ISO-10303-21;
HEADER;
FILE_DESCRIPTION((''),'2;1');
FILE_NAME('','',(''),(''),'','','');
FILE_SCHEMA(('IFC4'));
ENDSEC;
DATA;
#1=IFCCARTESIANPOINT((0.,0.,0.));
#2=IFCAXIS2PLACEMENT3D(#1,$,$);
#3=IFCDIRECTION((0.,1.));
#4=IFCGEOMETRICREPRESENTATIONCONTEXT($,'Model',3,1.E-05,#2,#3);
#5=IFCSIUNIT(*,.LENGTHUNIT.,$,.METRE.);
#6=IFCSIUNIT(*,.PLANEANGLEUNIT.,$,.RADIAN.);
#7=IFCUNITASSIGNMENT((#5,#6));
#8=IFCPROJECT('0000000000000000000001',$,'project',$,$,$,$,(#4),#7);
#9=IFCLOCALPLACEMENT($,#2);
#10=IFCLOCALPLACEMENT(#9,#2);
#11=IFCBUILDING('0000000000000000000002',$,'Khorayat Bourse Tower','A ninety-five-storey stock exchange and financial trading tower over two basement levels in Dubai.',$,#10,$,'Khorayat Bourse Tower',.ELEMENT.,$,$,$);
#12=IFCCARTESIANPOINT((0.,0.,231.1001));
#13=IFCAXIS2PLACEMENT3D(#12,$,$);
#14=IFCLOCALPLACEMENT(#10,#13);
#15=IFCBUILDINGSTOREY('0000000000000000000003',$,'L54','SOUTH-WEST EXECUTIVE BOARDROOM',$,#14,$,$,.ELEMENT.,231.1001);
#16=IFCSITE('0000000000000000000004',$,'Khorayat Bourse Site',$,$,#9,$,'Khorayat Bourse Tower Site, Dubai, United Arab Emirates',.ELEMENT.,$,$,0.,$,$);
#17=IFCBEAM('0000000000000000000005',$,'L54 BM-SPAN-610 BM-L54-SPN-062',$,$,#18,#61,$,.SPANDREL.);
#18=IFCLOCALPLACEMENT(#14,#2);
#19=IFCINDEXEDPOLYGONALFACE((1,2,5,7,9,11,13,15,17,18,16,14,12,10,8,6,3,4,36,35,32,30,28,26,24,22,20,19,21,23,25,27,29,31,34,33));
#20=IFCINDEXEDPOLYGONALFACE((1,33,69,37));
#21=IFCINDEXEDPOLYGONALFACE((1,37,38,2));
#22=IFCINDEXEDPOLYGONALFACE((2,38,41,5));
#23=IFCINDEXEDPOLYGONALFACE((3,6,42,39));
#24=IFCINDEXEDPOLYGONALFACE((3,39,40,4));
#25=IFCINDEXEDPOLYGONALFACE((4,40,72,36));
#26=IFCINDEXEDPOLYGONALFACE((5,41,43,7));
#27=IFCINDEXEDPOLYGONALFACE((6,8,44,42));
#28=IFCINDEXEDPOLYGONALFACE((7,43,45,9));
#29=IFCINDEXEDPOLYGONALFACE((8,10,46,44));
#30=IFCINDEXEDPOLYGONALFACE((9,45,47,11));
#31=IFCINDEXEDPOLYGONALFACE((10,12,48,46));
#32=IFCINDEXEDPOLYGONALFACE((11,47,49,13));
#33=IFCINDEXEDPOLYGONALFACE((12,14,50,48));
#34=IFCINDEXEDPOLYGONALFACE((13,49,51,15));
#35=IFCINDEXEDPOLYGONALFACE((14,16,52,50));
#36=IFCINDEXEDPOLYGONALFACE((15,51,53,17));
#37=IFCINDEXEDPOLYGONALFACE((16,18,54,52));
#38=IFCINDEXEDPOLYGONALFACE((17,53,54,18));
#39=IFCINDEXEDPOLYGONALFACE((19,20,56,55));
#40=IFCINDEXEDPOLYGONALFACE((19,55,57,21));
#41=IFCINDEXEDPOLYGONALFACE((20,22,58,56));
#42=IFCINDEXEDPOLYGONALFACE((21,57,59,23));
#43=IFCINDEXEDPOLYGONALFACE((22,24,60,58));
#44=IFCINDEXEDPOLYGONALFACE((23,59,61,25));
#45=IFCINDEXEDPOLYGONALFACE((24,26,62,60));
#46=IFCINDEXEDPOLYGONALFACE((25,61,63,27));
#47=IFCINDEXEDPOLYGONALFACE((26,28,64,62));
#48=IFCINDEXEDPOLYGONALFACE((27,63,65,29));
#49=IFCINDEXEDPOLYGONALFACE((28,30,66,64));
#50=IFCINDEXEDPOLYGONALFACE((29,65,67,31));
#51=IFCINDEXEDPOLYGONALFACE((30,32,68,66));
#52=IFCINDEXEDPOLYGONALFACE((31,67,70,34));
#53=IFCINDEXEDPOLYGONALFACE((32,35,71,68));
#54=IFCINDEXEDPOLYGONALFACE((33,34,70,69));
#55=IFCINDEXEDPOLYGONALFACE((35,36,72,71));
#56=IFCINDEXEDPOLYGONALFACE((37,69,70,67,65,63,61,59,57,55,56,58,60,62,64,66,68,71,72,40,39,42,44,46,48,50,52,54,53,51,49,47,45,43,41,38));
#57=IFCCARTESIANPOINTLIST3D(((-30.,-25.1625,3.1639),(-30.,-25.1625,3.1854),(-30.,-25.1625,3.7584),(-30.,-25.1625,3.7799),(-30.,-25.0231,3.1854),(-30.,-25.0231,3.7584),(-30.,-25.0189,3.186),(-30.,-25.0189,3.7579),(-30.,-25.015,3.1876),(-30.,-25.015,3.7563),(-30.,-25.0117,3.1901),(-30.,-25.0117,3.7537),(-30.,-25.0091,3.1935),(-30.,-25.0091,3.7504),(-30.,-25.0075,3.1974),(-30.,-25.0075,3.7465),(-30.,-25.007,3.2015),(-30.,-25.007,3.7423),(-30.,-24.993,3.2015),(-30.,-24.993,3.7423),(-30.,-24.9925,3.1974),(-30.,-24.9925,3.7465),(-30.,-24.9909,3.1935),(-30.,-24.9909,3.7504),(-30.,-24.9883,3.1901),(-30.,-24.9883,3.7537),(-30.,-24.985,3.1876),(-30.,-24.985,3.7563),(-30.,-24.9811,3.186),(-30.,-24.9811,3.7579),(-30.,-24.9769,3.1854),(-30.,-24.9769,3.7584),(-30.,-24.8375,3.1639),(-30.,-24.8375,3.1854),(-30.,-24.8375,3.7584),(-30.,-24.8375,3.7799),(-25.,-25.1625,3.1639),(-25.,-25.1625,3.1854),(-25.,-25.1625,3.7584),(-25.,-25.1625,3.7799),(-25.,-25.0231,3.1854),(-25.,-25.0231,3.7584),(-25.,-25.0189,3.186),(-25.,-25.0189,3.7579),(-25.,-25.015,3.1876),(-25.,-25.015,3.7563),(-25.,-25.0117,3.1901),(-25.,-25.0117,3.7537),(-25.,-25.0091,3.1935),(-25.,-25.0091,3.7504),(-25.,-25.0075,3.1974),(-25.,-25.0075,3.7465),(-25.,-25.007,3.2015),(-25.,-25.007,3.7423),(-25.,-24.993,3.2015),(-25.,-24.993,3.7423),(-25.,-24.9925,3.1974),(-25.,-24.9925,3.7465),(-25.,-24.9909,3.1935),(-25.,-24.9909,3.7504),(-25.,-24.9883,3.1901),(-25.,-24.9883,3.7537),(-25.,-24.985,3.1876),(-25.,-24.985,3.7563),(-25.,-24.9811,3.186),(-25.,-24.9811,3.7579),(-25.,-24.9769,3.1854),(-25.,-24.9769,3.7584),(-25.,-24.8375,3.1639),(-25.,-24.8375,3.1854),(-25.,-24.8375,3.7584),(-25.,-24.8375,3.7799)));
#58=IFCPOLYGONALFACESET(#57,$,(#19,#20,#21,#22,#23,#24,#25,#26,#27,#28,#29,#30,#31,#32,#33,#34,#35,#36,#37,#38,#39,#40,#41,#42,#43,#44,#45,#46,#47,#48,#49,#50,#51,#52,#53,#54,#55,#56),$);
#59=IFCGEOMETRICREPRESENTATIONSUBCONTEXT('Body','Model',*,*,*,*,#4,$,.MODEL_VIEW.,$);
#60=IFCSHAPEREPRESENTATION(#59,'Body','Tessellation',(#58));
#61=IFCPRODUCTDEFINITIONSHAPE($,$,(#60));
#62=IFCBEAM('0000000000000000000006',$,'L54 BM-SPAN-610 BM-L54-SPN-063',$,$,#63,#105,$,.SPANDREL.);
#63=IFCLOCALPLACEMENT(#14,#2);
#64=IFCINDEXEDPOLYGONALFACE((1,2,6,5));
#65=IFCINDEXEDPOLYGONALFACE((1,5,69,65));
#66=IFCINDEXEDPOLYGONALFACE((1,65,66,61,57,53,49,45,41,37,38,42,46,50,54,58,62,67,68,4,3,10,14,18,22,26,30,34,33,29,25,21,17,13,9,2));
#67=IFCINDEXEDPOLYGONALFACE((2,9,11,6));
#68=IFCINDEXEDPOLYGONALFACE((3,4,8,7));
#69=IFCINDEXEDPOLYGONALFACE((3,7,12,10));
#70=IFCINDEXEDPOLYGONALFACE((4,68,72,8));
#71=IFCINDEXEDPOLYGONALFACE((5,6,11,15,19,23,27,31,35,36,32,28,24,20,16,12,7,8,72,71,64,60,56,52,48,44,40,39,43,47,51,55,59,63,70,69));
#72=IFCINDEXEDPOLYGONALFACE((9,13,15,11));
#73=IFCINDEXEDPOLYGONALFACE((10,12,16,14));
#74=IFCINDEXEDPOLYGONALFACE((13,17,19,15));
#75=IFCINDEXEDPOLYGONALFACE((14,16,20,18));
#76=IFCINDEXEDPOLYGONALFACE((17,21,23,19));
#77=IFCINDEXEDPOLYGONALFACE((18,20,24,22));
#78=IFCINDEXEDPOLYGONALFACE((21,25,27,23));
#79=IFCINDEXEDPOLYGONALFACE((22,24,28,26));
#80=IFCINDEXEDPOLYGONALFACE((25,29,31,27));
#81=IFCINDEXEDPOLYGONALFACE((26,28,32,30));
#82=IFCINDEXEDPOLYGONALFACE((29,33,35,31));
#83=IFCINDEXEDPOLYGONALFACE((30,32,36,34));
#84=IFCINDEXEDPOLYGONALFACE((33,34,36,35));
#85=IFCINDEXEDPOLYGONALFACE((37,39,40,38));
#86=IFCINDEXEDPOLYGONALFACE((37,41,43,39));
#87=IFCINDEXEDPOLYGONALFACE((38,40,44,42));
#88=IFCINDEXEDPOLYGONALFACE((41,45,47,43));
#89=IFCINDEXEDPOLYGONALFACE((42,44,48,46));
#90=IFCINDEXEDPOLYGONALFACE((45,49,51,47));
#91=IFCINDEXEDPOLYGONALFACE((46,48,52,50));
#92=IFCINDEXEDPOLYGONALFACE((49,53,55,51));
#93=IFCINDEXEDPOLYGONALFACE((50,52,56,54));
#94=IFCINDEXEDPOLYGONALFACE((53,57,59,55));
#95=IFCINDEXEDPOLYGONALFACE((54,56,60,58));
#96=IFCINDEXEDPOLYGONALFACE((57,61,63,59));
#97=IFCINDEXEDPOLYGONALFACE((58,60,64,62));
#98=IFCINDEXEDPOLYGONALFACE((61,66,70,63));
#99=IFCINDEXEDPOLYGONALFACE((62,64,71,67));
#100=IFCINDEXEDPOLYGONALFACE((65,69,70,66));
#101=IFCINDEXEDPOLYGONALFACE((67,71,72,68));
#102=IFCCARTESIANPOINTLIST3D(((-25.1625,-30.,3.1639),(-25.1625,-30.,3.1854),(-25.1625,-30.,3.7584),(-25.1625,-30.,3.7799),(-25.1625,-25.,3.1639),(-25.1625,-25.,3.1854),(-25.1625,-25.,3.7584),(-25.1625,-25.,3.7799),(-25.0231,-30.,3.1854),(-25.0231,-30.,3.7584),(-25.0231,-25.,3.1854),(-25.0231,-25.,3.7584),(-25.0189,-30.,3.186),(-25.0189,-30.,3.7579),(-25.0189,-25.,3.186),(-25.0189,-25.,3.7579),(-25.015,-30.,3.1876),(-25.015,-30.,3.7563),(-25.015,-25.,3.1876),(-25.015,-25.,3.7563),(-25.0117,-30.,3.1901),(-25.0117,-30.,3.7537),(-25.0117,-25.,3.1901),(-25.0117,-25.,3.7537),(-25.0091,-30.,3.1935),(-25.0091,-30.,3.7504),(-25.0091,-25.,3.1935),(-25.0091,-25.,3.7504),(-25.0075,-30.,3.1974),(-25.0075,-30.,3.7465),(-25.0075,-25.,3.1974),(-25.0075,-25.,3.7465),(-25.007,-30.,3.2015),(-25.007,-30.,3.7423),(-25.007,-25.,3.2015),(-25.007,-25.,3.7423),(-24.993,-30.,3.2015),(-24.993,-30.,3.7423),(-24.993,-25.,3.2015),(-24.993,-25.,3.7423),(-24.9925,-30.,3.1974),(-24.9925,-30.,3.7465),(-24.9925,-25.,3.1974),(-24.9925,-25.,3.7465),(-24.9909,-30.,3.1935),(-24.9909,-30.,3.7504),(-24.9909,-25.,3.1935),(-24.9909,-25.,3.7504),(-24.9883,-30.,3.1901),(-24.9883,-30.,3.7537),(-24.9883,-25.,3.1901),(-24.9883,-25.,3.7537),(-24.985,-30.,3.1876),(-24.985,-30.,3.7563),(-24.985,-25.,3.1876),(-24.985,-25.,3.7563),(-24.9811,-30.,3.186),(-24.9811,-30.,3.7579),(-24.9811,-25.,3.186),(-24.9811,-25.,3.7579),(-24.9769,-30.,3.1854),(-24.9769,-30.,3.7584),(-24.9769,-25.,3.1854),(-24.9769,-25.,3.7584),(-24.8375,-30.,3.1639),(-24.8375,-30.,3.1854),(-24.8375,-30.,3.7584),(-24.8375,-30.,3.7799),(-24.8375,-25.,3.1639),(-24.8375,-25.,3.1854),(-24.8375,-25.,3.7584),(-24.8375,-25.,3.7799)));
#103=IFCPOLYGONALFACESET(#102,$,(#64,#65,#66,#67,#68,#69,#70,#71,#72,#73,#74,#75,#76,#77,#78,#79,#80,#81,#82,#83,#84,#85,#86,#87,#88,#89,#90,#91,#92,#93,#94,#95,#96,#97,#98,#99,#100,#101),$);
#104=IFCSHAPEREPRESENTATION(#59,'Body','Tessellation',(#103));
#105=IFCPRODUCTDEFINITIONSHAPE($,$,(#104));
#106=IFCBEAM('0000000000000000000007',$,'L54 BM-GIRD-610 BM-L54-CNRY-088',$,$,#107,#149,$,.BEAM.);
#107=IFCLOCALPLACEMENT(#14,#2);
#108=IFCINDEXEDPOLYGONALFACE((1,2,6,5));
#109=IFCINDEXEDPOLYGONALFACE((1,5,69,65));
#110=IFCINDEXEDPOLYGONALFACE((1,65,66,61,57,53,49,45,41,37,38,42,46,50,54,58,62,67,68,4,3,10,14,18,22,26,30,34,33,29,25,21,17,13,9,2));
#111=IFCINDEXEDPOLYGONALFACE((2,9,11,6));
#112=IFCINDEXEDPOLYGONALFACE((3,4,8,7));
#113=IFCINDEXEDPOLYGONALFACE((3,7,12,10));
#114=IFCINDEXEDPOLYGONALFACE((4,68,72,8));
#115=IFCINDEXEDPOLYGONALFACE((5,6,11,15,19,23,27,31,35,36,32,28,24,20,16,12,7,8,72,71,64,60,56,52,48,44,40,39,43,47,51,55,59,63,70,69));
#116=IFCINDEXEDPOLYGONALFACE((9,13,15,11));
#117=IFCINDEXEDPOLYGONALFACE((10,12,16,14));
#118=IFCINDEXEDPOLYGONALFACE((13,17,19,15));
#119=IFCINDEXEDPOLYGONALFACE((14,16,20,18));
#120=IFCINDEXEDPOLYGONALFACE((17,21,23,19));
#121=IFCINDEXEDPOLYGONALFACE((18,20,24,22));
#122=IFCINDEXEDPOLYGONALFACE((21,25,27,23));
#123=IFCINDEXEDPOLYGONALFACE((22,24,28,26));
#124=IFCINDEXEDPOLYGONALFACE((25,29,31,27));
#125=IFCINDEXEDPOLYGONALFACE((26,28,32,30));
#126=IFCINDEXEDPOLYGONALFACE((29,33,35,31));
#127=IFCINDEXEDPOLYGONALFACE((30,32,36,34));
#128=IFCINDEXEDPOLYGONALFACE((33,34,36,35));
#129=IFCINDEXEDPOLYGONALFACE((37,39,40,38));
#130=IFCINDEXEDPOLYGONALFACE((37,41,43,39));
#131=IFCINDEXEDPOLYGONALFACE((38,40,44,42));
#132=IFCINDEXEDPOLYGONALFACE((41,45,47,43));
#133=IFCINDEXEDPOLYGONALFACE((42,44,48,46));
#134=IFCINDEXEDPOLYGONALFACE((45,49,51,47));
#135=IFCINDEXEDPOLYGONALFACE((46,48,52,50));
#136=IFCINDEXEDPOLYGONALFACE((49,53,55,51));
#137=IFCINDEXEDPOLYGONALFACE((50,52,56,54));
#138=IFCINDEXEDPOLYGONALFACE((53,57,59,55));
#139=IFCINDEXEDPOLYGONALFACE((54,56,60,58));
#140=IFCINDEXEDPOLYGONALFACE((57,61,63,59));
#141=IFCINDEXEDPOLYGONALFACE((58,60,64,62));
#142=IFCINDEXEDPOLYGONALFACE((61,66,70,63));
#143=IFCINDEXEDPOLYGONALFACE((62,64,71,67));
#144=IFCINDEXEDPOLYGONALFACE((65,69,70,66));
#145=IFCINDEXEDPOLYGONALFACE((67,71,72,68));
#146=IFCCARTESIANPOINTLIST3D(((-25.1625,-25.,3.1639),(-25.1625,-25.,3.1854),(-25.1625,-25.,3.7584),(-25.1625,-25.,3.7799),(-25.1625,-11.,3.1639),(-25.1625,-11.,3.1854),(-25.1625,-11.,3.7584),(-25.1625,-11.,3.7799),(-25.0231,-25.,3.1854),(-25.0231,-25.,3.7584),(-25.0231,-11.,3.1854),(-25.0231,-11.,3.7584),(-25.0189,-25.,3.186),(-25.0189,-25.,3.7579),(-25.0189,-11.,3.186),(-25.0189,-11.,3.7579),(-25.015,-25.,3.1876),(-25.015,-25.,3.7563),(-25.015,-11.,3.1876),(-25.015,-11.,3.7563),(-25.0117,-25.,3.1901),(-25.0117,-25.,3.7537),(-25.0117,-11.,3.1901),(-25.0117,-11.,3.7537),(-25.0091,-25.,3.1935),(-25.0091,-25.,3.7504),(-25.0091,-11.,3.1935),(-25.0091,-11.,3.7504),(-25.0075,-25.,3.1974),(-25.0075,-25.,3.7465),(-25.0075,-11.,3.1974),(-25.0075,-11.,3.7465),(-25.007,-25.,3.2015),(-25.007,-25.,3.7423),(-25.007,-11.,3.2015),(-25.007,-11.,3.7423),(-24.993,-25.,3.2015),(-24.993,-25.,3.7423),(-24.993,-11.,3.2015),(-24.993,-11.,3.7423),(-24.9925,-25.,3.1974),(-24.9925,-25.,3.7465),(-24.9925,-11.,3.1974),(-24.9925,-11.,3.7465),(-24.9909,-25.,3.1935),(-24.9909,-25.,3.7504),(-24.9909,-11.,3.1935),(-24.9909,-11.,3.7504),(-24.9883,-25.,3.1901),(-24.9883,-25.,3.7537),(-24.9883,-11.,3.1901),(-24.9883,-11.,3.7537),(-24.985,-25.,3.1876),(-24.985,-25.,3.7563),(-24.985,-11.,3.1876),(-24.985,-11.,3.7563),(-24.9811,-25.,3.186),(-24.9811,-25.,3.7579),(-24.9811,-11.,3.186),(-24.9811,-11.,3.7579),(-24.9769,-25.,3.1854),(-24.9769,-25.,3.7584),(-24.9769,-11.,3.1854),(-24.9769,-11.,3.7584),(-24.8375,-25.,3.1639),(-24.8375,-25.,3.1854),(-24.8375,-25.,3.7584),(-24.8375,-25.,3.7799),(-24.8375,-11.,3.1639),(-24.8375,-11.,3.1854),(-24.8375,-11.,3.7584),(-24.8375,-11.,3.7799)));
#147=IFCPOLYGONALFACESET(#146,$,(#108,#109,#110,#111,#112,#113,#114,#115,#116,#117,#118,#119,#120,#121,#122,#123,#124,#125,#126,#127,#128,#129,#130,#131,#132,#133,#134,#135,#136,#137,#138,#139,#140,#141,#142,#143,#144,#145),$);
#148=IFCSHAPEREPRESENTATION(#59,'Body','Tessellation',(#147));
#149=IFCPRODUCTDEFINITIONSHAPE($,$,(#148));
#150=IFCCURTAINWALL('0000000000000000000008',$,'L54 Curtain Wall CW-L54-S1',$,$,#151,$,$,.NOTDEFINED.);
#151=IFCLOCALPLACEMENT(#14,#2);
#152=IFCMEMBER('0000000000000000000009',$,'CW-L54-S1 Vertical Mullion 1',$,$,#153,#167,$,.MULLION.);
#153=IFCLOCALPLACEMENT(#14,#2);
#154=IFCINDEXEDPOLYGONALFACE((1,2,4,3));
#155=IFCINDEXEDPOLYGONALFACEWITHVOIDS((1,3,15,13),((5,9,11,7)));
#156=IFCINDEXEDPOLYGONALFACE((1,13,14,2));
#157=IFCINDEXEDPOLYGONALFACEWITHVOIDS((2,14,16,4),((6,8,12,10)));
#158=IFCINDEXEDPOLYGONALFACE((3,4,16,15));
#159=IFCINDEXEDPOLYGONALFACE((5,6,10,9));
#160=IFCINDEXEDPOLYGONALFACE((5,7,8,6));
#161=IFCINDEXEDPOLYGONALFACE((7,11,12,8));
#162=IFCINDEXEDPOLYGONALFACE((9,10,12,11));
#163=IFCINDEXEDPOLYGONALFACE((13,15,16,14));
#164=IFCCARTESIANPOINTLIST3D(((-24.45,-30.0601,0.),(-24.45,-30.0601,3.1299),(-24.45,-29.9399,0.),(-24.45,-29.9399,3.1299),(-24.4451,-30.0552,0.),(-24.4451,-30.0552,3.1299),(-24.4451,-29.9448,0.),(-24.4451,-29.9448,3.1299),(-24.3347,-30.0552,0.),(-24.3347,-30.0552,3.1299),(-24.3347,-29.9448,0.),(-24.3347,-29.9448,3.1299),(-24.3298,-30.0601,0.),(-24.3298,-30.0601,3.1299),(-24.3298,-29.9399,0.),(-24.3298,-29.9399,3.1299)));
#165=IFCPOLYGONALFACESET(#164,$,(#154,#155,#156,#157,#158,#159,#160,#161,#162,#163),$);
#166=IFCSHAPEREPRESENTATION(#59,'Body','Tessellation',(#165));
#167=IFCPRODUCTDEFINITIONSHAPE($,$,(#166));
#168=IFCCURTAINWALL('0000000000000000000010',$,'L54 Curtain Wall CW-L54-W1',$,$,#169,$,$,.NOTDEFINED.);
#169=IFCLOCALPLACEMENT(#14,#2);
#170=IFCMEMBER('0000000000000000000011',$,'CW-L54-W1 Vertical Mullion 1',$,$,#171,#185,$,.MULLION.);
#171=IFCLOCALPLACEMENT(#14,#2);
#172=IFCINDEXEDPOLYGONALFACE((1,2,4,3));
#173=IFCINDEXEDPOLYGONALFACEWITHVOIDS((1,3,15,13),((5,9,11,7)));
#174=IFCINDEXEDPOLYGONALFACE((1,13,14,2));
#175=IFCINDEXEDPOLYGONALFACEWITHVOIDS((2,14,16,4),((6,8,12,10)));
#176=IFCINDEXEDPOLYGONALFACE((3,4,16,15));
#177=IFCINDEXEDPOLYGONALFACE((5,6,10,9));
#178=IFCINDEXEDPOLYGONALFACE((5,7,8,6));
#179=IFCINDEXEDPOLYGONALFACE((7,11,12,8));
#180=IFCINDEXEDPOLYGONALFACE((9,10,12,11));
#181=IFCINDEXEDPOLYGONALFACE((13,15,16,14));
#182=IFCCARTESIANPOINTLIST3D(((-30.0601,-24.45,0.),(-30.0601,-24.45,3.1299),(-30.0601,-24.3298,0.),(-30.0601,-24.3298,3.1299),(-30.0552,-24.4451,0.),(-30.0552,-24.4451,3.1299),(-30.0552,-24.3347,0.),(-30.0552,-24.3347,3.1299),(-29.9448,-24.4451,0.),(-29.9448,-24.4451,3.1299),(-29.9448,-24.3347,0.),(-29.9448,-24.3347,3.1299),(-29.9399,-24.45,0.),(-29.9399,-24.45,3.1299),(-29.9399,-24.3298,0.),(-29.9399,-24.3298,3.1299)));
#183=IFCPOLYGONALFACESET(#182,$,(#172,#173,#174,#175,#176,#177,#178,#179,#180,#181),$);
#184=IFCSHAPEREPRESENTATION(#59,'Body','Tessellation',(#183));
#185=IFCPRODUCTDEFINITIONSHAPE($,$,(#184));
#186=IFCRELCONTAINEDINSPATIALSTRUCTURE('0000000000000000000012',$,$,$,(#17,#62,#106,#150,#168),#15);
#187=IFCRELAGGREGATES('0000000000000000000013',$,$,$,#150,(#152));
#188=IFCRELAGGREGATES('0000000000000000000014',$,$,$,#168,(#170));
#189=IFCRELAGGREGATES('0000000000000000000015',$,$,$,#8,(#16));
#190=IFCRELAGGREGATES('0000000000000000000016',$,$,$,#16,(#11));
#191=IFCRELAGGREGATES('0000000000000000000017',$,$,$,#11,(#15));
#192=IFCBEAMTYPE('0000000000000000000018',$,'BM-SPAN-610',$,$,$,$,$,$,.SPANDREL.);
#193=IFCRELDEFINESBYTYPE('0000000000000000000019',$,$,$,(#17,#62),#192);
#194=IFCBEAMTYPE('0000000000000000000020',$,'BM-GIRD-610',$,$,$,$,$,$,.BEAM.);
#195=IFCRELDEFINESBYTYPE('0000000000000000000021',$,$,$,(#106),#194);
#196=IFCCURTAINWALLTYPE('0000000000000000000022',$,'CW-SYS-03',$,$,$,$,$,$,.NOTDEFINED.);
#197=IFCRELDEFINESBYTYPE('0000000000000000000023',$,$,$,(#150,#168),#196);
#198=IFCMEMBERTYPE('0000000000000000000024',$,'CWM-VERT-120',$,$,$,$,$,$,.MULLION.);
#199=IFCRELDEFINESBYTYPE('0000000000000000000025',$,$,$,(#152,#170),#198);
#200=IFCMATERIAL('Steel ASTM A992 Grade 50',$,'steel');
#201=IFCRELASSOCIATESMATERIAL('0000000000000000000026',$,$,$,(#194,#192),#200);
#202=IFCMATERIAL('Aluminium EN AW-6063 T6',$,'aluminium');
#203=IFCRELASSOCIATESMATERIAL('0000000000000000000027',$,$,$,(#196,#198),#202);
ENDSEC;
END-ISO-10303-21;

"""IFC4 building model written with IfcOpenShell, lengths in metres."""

from ifc_helpers import new_model, si_unit, direction, frame, origin, origin_2d, place, context, subcontext, project, spatial, hollow_rectangle, i_section, extrude, source, transform, mapped, material, material_profile, profile_set, type_object, element, aggregate, save


model = new_model("IFC4")

# Units and contexts
model_context = context("Model", 3, precision=1e-05, world=origin(), true_north=direction((0.0, 1.0)))
body_context = subcontext(model_context, "Body", "Model", "MODEL_VIEW")
ifc_project = project(units=[si_unit("LENGTHUNIT", "METRE"), si_unit("PLANEANGLEUNIT", "RADIAN")], contexts=[model_context])

# Site, building, storey
site_placement = place(None, origin())
site = spatial("IfcSite", under=ifc_project, at=site_placement, Name="Khorayat Bourse Site", LongName="Khorayat Bourse Tower Site, Dubai, United Arab Emirates", CompositionType="ELEMENT", RefElevation=0.0)
building_placement = place(site_placement, origin())
building = spatial("IfcBuilding", under=site, at=building_placement, Name="Khorayat Bourse Tower", Description="A ninety-five-storey stock exchange and financial trading tower over two basement levels in Dubai.", LongName="Khorayat Bourse Tower", CompositionType="ELEMENT")
storey_placement = place(building_placement, frame((0.0, 0.0, 231.1001)))
storey = spatial("IfcBuildingStorey", under=building, at=storey_placement, Name="L54", Description="SOUTH-WEST EXECUTIVE BOARDROOM", CompositionType="ELEMENT", Elevation=231.1001)

# Beams
ifc_material_1 = material(Name="Steel ASTM A992 Grade 50", Category="steel")
ifc_material_profile_1 = material_profile(ifc_material_1, i_section(OverallWidth=0.325, OverallDepth=0.616, WebThickness=0.0139, FlangeThickness=0.0215, FilletRadius=0.0161, at=origin_2d()), Name="W610X174")
ifc_profile_set_1 = profile_set([ifc_material_profile_1], Name="Steel ASTM A992 Grade 50")
beam_type_1 = type_object("IfcBeamType", Name="BM-GIRD-610", PredefinedType="BEAM", material=ifc_profile_set_1)
ifc_material_profile_2 = material_profile(ifc_material_1, i_section(OverallWidth=0.325, OverallDepth=0.616, WebThickness=0.0139, FlangeThickness=0.0215, FilletRadius=0.0161, at=origin_2d()), Name="W610X174")
ifc_profile_set_2 = profile_set([ifc_material_profile_2], Name="Steel ASTM A992 Grade 50")
beam_type_2 = type_object("IfcBeamType", Name="BM-SPAN-610", PredefinedType="SPANDREL", material=ifc_profile_set_2)
shared_shape_1 = source(origin(), body_context, "Body", "SweptSolid", [
    extrude(i_section(OverallWidth=0.325, OverallDepth=0.616, WebThickness=0.0139, FlangeThickness=0.0215, FilletRadius=0.0161, at=origin_2d()), origin(), (0.0, 0.0, 1.0), 5.0),
])
for number, where, z_axis, x_axis, name in (
    (1, (-30.0, -25.0, 3.4719), (1.0, 0.0, 0.0), (0.0, 1.0, 0.0), "L54 BM-SPAN-610 BM-L54-SPN-062"),
    (2, (-25.0, -30.0, 3.4719), (0.0, 1.0, 0.0), (-1.0, 0.0, 0.0), "L54 BM-SPAN-610 BM-L54-SPN-063"),
):
    element("IfcBeam", number, at=place(storey_placement, frame(where, z_axis=z_axis, x_axis=x_axis)), inside=storey, type_object=beam_type_2, Name=name, PredefinedType="SPANDREL", context=body_context, shape_type="MappedRepresentation", body=[
        mapped(shared_shape_1, transform((0.0, 0.0, 0.0), scale=1.0)),
    ])
shared_shape_2 = source(origin(), body_context, "Body", "SweptSolid", [
    extrude(i_section(OverallWidth=0.325, OverallDepth=0.616, WebThickness=0.0139, FlangeThickness=0.0215, FilletRadius=0.0161, at=origin_2d()), origin(), (0.0, 0.0, 1.0), 14.0),
])
beam_1_placement = place(storey_placement, frame((-25.0, -25.0, 3.4719), z_axis=(0.0, 1.0, 0.0), x_axis=(-1.0, 0.0, 0.0)))
element("IfcBeam", 3, at=beam_1_placement, inside=storey, type_object=beam_type_1, Name="L54 BM-GIRD-610 BM-L54-CNRY-088", PredefinedType="BEAM", context=body_context, shape_type="MappedRepresentation", body=[
    mapped(shared_shape_2, transform((0.0, 0.0, 0.0), scale=1.0)),
])

# Curtain walls, members
ifc_material_2 = material(Name="Aluminium EN AW-6063 T6", Category="aluminium")
curtain_wall_type = type_object("IfcCurtainWallType", Name="CW-SYS-03", PredefinedType="NOTDEFINED", material=ifc_material_2)
curtain_wall_1_placement = place(storey_placement, origin())
curtain_wall_1 = element("IfcCurtainWall", 4, at=curtain_wall_1_placement, inside=storey, type_object=curtain_wall_type, Name="L54 Curtain Wall CW-L54-S1", PredefinedType="NOTDEFINED")
ifc_material_profile_3 = material_profile(ifc_material_2, hollow_rectangle(XDim=0.1201, YDim=0.1201, WallThickness=0.0049, at=origin_2d()), Name="ALU 120x120x5")
ifc_profile_set_3 = profile_set([ifc_material_profile_3], Name="Aluminium EN AW-6063 T6")
member_type_1 = type_object("IfcMemberType", Name="CWM-VERT-120", PredefinedType="MULLION", material=ifc_profile_set_3)
shared_shape_3 = source(origin(), body_context, "Body", "SweptSolid", [
    extrude(hollow_rectangle(XDim=0.1201, YDim=0.1201, WallThickness=0.0049, at=origin_2d()), origin(), (0.0, 0.0, 1.0), 3.1299),
])
member_1_placement = place(storey_placement, frame((-24.3899, -30.0, 0.0), z_axis=(0.0, 0.0, 1.0), x_axis=(0.0, 1.0, 0.0)))
member_1 = element("IfcMember", 5, at=member_1_placement, type_object=member_type_1, Name="CW-L54-S1 Vertical Mullion 1", PredefinedType="MULLION", context=body_context, shape_type="MappedRepresentation", body=[
    mapped(shared_shape_3, transform((0.0, 0.0, 0.0), scale=1.0)),
])
curtain_wall_2_placement = place(storey_placement, origin())
curtain_wall_2 = element("IfcCurtainWall", 6, at=curtain_wall_2_placement, inside=storey, type_object=curtain_wall_type, Name="L54 Curtain Wall CW-L54-W1", PredefinedType="NOTDEFINED")
member_2_placement = place(storey_placement, frame((-30.0, -24.3899, 0.0), z_axis=(0.0, 0.0, 1.0), x_axis=(-1.0, 0.0, 0.0)))
member_2 = element("IfcMember", 7, at=member_2_placement, type_object=member_type_1, Name="CW-L54-W1 Vertical Mullion 1", PredefinedType="MULLION", context=body_context, shape_type="MappedRepresentation", body=[
    mapped(shared_shape_3, transform((0.0, 0.0, 0.0), scale=1.0)),
])

aggregate(curtain_wall_1, [member_1])
aggregate(curtain_wall_2, [member_2])

save(model, "model.ifc")
